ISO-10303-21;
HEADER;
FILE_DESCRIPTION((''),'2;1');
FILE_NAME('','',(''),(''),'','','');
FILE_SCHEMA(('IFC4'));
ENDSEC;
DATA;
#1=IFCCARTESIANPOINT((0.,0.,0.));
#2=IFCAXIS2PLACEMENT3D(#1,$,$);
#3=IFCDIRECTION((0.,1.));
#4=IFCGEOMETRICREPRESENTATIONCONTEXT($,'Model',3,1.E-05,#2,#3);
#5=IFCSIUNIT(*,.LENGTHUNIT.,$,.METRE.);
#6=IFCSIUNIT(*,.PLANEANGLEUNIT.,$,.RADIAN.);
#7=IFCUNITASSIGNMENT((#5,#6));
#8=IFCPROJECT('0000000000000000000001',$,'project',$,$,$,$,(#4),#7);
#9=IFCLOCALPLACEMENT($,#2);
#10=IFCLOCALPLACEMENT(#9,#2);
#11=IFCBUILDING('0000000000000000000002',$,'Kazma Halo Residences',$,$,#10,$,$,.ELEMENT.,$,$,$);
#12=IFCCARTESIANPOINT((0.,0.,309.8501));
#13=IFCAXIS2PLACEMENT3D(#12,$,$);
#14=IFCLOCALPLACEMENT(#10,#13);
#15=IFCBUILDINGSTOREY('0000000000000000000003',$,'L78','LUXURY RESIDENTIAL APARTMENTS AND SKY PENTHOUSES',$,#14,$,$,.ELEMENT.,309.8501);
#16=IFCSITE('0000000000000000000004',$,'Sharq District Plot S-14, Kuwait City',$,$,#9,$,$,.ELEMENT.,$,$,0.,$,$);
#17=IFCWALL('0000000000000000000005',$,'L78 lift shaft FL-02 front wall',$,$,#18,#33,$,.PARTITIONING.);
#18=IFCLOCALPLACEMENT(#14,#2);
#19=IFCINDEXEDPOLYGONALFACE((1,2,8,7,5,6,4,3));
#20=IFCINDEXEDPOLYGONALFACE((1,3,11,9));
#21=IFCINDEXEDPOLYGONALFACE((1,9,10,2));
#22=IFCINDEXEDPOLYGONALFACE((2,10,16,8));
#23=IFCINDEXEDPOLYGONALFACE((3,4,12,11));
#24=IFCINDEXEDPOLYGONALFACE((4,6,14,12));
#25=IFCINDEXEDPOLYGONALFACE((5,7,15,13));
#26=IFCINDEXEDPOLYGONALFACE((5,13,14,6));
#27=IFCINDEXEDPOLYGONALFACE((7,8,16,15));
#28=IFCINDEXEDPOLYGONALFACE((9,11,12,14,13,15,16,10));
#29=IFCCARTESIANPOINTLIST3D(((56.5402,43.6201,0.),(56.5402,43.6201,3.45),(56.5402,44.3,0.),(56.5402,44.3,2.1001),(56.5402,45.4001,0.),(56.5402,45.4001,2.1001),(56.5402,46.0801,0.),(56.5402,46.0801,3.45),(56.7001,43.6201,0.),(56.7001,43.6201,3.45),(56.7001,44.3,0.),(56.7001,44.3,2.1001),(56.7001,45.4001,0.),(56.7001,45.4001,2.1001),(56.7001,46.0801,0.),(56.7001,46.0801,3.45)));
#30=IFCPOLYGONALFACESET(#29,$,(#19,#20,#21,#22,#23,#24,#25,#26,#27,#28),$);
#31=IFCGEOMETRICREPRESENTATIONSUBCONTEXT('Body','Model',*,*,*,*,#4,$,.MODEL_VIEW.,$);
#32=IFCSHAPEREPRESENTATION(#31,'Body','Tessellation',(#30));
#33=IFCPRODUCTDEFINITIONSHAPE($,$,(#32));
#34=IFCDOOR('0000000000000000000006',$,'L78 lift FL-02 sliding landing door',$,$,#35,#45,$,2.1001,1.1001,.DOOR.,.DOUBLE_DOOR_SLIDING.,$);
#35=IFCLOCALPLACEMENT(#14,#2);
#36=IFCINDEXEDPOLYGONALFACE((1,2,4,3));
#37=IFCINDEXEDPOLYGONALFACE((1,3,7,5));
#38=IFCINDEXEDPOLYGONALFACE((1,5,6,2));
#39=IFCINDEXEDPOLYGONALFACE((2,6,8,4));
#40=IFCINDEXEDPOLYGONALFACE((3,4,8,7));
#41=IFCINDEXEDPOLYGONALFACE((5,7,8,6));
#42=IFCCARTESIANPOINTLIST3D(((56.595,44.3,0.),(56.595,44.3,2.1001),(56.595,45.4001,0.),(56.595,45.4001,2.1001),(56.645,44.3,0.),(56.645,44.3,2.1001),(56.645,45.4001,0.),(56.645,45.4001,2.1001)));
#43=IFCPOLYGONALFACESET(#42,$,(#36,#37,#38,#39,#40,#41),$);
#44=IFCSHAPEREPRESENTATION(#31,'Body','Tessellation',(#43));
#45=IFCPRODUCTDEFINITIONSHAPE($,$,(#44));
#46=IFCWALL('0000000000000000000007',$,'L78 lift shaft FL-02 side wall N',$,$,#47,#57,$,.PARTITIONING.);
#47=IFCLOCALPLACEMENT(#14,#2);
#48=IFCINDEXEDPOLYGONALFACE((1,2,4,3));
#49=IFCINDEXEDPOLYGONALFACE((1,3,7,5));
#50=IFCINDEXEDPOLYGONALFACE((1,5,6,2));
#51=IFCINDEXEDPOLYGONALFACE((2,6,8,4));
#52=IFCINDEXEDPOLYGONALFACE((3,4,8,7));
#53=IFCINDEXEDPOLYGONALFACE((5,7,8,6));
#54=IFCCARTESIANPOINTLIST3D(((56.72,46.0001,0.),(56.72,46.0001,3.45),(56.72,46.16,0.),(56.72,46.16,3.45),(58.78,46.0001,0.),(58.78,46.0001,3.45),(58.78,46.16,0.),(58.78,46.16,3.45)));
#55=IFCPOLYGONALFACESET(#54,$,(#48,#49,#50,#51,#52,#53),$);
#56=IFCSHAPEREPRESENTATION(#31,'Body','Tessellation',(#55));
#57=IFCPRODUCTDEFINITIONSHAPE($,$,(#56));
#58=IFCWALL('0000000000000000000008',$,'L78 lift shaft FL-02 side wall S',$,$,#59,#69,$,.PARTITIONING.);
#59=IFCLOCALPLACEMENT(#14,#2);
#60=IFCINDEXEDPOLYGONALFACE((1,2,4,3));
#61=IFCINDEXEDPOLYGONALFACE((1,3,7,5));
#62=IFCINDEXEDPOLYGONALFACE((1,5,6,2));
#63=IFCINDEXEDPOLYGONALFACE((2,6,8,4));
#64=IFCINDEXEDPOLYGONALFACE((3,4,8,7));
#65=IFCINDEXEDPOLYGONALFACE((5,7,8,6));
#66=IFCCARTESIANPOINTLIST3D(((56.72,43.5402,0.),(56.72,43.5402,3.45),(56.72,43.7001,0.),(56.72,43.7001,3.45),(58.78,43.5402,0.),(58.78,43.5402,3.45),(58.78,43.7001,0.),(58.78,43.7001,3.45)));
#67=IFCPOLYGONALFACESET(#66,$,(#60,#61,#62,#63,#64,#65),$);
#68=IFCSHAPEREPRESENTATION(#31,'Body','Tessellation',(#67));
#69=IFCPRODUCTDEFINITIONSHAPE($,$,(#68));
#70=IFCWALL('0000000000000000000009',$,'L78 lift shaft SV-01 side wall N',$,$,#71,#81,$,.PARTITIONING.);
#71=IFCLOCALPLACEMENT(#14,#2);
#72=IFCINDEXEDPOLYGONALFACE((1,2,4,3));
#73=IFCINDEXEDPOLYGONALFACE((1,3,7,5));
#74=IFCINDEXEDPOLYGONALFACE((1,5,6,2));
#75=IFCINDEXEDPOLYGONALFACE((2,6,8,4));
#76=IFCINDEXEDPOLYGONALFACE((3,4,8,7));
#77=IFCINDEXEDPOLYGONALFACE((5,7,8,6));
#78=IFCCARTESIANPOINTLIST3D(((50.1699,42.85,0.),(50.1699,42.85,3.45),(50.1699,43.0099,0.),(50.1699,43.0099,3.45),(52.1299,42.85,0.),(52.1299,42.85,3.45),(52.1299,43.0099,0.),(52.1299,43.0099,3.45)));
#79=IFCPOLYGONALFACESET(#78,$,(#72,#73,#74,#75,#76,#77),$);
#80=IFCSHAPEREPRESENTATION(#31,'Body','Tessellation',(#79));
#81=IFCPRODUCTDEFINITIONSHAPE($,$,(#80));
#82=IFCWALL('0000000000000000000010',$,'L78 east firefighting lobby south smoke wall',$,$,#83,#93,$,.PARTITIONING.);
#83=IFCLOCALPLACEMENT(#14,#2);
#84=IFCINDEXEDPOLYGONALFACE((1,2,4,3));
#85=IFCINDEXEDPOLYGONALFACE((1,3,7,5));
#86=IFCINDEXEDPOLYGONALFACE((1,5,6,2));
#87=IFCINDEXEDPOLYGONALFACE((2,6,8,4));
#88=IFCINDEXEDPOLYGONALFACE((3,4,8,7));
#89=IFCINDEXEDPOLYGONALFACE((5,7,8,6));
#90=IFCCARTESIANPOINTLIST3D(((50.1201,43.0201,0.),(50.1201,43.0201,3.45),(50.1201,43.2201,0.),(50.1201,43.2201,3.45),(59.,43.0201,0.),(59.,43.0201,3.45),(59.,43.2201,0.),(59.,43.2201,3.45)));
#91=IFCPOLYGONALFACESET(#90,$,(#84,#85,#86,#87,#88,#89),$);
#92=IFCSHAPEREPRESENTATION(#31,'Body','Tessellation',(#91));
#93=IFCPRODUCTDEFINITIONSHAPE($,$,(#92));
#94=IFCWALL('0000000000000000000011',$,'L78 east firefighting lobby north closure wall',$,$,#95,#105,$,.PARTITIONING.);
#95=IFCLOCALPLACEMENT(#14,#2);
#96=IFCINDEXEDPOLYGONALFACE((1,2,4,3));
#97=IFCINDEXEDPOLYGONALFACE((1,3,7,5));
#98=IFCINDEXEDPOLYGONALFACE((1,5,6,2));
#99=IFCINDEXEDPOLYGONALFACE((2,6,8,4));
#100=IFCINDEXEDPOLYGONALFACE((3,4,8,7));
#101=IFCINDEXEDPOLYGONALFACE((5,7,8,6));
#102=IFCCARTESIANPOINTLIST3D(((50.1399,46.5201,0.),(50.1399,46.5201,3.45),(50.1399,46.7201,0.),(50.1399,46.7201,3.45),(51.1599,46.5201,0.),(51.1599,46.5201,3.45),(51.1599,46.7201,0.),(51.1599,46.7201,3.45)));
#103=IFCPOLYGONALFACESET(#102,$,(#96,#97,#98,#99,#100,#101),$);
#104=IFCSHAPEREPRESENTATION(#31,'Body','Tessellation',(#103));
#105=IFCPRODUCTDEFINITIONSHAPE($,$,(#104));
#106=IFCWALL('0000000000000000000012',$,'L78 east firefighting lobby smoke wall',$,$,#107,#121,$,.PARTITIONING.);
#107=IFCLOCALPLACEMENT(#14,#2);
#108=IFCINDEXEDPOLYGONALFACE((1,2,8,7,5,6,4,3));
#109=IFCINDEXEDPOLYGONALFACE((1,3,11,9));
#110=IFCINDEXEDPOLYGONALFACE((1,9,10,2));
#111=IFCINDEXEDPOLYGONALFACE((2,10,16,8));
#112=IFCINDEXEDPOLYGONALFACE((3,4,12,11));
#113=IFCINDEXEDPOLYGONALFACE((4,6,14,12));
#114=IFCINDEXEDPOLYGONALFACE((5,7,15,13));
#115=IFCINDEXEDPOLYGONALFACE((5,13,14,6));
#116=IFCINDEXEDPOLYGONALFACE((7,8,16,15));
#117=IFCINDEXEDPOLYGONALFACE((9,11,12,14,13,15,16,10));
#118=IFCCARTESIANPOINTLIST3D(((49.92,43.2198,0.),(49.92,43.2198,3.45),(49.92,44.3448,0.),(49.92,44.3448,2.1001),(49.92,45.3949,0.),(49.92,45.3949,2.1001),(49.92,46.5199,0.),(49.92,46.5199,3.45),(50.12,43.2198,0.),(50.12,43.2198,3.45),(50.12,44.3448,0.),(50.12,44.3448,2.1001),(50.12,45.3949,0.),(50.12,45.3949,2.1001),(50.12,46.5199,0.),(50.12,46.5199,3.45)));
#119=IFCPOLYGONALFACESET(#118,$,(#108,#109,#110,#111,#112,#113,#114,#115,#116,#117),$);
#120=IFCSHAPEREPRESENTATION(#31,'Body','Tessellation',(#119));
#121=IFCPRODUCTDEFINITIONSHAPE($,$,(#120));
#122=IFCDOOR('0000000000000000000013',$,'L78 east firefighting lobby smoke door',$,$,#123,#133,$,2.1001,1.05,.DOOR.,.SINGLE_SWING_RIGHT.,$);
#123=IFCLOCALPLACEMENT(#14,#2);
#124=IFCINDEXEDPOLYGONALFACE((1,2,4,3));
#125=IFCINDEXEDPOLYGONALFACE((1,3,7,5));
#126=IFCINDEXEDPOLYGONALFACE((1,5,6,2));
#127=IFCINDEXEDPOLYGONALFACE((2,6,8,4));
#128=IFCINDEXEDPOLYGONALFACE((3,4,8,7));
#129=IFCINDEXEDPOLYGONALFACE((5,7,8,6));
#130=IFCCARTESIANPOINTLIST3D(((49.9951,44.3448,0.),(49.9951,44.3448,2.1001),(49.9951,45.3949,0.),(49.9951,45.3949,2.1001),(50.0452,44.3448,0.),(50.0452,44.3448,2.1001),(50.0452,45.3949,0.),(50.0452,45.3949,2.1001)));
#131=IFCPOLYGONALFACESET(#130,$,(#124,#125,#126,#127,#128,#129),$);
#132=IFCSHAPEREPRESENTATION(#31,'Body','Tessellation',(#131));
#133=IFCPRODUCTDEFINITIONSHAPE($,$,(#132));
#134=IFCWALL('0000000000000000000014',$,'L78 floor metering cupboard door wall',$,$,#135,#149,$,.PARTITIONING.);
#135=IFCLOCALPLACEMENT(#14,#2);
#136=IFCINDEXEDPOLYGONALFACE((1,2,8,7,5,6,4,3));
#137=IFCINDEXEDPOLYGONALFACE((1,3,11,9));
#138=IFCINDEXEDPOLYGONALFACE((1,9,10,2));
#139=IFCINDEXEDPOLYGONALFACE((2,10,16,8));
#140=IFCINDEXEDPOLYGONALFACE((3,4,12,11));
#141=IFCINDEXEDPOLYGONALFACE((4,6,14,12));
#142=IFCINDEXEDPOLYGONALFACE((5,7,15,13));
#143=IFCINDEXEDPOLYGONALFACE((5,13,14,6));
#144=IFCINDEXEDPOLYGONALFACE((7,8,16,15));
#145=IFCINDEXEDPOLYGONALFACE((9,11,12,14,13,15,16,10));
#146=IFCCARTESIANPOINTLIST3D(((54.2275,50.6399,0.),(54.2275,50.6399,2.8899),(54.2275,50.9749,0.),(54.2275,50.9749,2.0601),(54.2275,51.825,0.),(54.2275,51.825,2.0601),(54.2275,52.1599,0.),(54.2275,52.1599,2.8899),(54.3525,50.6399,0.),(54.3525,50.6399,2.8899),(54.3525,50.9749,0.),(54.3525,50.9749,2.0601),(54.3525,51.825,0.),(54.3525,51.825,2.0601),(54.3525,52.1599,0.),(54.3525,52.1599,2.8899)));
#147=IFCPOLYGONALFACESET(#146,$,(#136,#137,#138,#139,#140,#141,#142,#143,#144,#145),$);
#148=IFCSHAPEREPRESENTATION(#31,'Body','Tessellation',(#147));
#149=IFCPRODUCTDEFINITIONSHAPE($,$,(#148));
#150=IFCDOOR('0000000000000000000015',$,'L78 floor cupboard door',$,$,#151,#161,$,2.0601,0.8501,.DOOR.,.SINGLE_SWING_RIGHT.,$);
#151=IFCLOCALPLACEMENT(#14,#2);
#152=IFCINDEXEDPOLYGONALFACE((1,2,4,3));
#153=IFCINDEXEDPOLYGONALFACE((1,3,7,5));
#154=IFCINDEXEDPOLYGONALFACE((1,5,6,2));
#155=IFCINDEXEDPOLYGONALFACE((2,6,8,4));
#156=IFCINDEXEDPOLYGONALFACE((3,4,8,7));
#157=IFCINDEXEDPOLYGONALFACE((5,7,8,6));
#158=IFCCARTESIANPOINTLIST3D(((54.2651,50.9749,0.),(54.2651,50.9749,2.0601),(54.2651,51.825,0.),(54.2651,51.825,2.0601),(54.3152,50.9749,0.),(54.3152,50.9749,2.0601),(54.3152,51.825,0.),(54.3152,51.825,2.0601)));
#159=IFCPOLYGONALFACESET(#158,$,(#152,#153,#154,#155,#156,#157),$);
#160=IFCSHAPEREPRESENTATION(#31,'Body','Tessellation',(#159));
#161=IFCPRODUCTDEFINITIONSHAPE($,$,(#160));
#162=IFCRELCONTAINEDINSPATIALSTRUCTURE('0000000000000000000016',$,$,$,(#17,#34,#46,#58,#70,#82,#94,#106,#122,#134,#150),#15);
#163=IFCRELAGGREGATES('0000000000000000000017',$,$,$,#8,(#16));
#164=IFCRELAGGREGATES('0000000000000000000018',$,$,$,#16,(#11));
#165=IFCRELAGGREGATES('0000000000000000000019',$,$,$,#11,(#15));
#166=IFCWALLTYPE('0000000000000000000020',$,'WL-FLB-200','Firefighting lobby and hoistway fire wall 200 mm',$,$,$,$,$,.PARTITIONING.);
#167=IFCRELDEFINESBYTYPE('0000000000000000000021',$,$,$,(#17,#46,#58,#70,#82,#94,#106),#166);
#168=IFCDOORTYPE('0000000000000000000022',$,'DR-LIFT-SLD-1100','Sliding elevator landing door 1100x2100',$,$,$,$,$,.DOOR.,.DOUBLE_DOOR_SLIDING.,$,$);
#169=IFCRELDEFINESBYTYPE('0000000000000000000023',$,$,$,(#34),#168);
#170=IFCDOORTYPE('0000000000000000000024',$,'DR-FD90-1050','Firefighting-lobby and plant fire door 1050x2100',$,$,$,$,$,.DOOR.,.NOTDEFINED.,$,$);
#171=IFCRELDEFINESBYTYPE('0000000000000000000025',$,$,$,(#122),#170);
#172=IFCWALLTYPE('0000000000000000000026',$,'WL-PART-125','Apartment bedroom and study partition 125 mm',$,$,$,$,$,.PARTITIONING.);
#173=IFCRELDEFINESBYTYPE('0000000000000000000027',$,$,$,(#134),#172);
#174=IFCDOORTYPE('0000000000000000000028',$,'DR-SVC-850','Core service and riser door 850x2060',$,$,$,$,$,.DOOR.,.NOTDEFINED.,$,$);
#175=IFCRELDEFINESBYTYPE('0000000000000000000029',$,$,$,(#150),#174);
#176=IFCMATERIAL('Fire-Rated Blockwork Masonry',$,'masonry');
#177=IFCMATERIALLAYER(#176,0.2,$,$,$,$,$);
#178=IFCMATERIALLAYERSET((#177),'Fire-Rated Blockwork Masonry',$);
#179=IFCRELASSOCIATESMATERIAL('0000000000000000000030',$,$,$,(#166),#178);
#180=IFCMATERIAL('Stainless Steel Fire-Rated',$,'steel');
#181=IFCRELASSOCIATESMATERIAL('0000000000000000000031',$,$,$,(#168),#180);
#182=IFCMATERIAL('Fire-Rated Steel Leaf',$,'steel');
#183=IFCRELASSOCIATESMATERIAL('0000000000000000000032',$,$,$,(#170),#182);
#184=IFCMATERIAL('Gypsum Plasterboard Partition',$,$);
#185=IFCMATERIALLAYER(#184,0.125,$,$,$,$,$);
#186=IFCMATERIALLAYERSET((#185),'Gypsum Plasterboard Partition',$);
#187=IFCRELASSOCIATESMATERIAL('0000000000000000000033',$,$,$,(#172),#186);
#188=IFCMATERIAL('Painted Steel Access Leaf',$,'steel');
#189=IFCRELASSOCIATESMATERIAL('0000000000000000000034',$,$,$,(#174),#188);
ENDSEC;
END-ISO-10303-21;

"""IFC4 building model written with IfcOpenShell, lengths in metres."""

from ifc_helpers import new_model, si_unit, direction, frame, frame_2d, origin, place, context, subcontext, project, spatial, rectangle, extrude, material, layer, layer_set, type_object, element, fill, save


model = new_model("IFC4")

# Units and contexts
model_context = context("Model", 3, precision=1e-05, world=origin(), true_north=direction((0.0, 1.0)))
body_context = subcontext(model_context, "Body", "Model", "MODEL_VIEW")
ifc_project = project(units=[si_unit("LENGTHUNIT", "METRE"), si_unit("PLANEANGLEUNIT", "RADIAN")], contexts=[model_context])

# Site, building, storey
site_placement = place(None, origin())
site = spatial("IfcSite", under=ifc_project, at=site_placement, Name="Sharq District Plot S-14, Kuwait City", CompositionType="ELEMENT", RefElevation=0.0)
building_placement = place(site_placement, origin())
building = spatial("IfcBuilding", under=site, at=building_placement, Name="Kazma Halo Residences", CompositionType="ELEMENT")
storey_placement = place(building_placement, frame((0.0, 0.0, 309.8501)))
storey = spatial("IfcBuildingStorey", under=building, at=storey_placement, Name="L78", Description="LUXURY RESIDENTIAL APARTMENTS AND SKY PENTHOUSES", CompositionType="ELEMENT", Elevation=309.8501)

# Wall, opening, door
ifc_material_1 = material(Name="Fire-Rated Blockwork Masonry", Category="masonry")
ifc_layer_1 = layer(ifc_material_1, 0.2)
ifc_layer_set_1 = layer_set([ifc_layer_1], Name="Fire-Rated Blockwork Masonry")
wall_type_1 = type_object("IfcWallType", Name="WL-FLB-200", Description="Firefighting lobby and hoistway fire wall 200 mm", PredefinedType="PARTITIONING", material=ifc_layer_set_1)
wall_1_placement = place(storey_placement, frame((56.6201, 46.0801, 0.0), z_axis=(0.0, 0.0, 1.0), x_axis=(0.0, -1.0, 0.0)))
wall_1 = element("IfcWall", 1, at=wall_1_placement, inside=storey, type_object=wall_type_1, Name="L78 lift shaft FL-02 front wall", PredefinedType="PARTITIONING", context=body_context, shape_type="SweptSolid", body=[
    extrude(rectangle(XDim=2.46, YDim=0.1599, at=frame_2d((1.23, 0.0))), origin(), (0.0, 0.0, 1.0), 3.45),
])
opening_1_placement = place(wall_1_placement, frame((0.6799, 0.0, 0.0)))
opening_1 = element("IfcOpeningElement", 2, at=opening_1_placement, cuts=wall_1, PredefinedType="OPENING", context=body_context, shape_type="SweptSolid", body=[
    extrude(rectangle(XDim=1.1001, YDim=2.1001, at=frame_2d((0.55, 1.05))), frame((0.0, 0.0898, 0.0), z_axis=(0.0, -1.0, 0.0), x_axis=(1.0, 0.0, 0.0)), (0.0, 0.0, 1.0), 0.1799),
])
ifc_material_2 = material(Name="Stainless Steel Fire-Rated", Category="steel")
door_type_1 = type_object("IfcDoorType", Name="DR-LIFT-SLD-1100", Description="Sliding elevator landing door 1100x2100", OperationType="DOUBLE_DOOR_SLIDING", PredefinedType="DOOR", material=ifc_material_2)
door_1_placement = place(opening_1_placement, origin())
door_1 = element("IfcDoor", 3, at=door_1_placement, inside=storey, type_object=door_type_1, Name="L78 lift FL-02 sliding landing door", OperationType="DOUBLE_DOOR_SLIDING", OverallHeight=2.1001, OverallWidth=1.1001, PredefinedType="DOOR", context=body_context, shape_type="SweptSolid", body=[
    extrude(rectangle(XDim=1.1001, YDim=2.1001, at=frame_2d((0.55, 1.05))), frame((0.0, 0.0249, 0.0), z_axis=(0.0, -1.0, 0.0), x_axis=(1.0, 0.0, 0.0)), (0.0, 0.0, 1.0), 0.05),
])
fill(opening_1, door_1)

# Walls
for number, where, z_axis, x_axis, name in (
    (4, (56.72, 46.0801, 0.0), (0.0, 0.0, 1.0), (1.0, 0.0, 0.0), "L78 lift shaft FL-02 side wall N"),
    (5, (56.72, 43.6201, 0.0), (0.0, 0.0, 1.0), (1.0, 0.0, 0.0), "L78 lift shaft FL-02 side wall S"),
):
    element("IfcWall", number, at=place(storey_placement, frame(where, z_axis=z_axis, x_axis=x_axis)), inside=storey, type_object=wall_type_1, Name=name, PredefinedType="PARTITIONING", context=body_context, shape_type="SweptSolid", body=[
        extrude(rectangle(XDim=2.0601, YDim=0.1599, at=frame_2d((1.03, 0.0))), origin(), (0.0, 0.0, 1.0), 3.45),
    ])
wall_2_placement = place(storey_placement, frame((50.1699, 42.9299, 0.0), z_axis=(0.0, 0.0, 1.0), x_axis=(1.0, 0.0, 0.0)))
element("IfcWall", 6, at=wall_2_placement, inside=storey, type_object=wall_type_1, Name="L78 lift shaft SV-01 side wall N", PredefinedType="PARTITIONING", context=body_context, shape_type="SweptSolid", body=[
    extrude(rectangle(XDim=1.96, YDim=0.1599, at=frame_2d((0.98, 0.0))), origin(), (0.0, 0.0, 1.0), 3.45),
])
wall_3_placement = place(storey_placement, frame((50.1201, 43.1201, 0.0), z_axis=(0.0, 0.0, 1.0), x_axis=(1.0, 0.0, 0.0)))
element("IfcWall", 7, at=wall_3_placement, inside=storey, type_object=wall_type_1, Name="L78 east firefighting lobby south smoke wall", PredefinedType="PARTITIONING", context=body_context, shape_type="SweptSolid", body=[
    extrude(rectangle(XDim=8.8799, YDim=0.2, at=frame_2d((4.4399, 0.0))), origin(), (0.0, 0.0, 1.0), 3.45),
])
wall_4_placement = place(storey_placement, frame((50.1399, 46.6201, 0.0), z_axis=(0.0, 0.0, 1.0), x_axis=(1.0, 0.0, 0.0)))
element("IfcWall", 8, at=wall_4_placement, inside=storey, type_object=wall_type_1, Name="L78 east firefighting lobby north closure wall", PredefinedType="PARTITIONING", context=body_context, shape_type="SweptSolid", body=[
    extrude(rectangle(XDim=1.02, YDim=0.2, at=frame_2d((0.51, 0.0))), origin(), (0.0, 0.0, 1.0), 3.45),
])

# Walls, openings, doors
wall_5_placement = place(storey_placement, frame((50.02, 43.22, 0.0), z_axis=(0.0, 0.0, 1.0), x_axis=(0.0, 1.0, 0.0)))
wall_5 = element("IfcWall", 9, at=wall_5_placement, inside=storey, type_object=wall_type_1, Name="L78 east firefighting lobby smoke wall", PredefinedType="PARTITIONING", context=body_context, shape_type="SweptSolid", body=[
    extrude(rectangle(XDim=3.3, YDim=0.2, at=frame_2d((1.6499, 0.0))), origin(), (0.0, 0.0, 1.0), 3.45),
])
opening_2_placement = place(wall_5_placement, frame((1.125, 0.0, 0.0)))
opening_2 = element("IfcOpeningElement", 10, at=opening_2_placement, cuts=wall_5, PredefinedType="OPENING", context=body_context, shape_type="SweptSolid", body=[
    extrude(rectangle(XDim=1.05, YDim=2.1001, at=frame_2d((0.5249, 1.05))), frame((0.0, 0.1099, 0.0), z_axis=(0.0, -1.0, 0.0), x_axis=(1.0, 0.0, 0.0)), (0.0, 0.0, 1.0), 0.22),
])
ifc_material_3 = material(Name="Fire-Rated Steel Leaf", Category="steel")
door_type_2 = type_object("IfcDoorType", Name="DR-FD90-1050", Description="Firefighting-lobby and plant fire door 1050x2100", OperationType="NOTDEFINED", PredefinedType="DOOR", material=ifc_material_3)
door_2_placement = place(opening_2_placement, origin())
door_2 = element("IfcDoor", 11, at=door_2_placement, inside=storey, type_object=door_type_2, Name="L78 east firefighting lobby smoke door", OperationType="SINGLE_SWING_RIGHT", OverallHeight=2.1001, OverallWidth=1.05, PredefinedType="DOOR", context=body_context, shape_type="SweptSolid", body=[
    extrude(rectangle(XDim=1.05, YDim=2.1001, at=frame_2d((0.5249, 1.05))), frame((0.0, 0.0249, 0.0), z_axis=(0.0, -1.0, 0.0), x_axis=(1.0, 0.0, 0.0)), (0.0, 0.0, 1.0), 0.05),
])
fill(opening_2, door_2)
ifc_material_4 = material(Name="Gypsum Plasterboard Partition")
ifc_layer_2 = layer(ifc_material_4, 0.125)
ifc_layer_set_2 = layer_set([ifc_layer_2], Name="Gypsum Plasterboard Partition")
wall_type_2 = type_object("IfcWallType", Name="WL-PART-125", Description="Apartment bedroom and study partition 125 mm", PredefinedType="PARTITIONING", material=ifc_layer_set_2)
wall_6_placement = place(storey_placement, frame((54.29, 50.6399, 0.0), z_axis=(0.0, 0.0, 1.0), x_axis=(0.0, 1.0, 0.0)))
wall_6 = element("IfcWall", 12, at=wall_6_placement, inside=storey, type_object=wall_type_2, Name="L78 floor metering cupboard door wall", PredefinedType="PARTITIONING", context=body_context, shape_type="SweptSolid", body=[
    extrude(rectangle(XDim=1.52, YDim=0.125, at=frame_2d((0.76, 0.0))), origin(), (0.0, 0.0, 1.0), 2.8899),
])
opening_3_placement = place(wall_6_placement, frame((0.335, 0.0, 0.0)))
opening_3 = element("IfcOpeningElement", 13, at=opening_3_placement, cuts=wall_6, PredefinedType="OPENING", context=body_context, shape_type="SweptSolid", body=[
    extrude(rectangle(XDim=0.8501, YDim=2.0601, at=frame_2d((0.425, 1.03))), frame((0.0, 0.0725, 0.0), z_axis=(0.0, -1.0, 0.0), x_axis=(1.0, 0.0, 0.0)), (0.0, 0.0, 1.0), 0.145),
])
ifc_material_5 = material(Name="Painted Steel Access Leaf", Category="steel")
door_type_3 = type_object("IfcDoorType", Name="DR-SVC-850", Description="Core service and riser door 850x2060", OperationType="NOTDEFINED", PredefinedType="DOOR", material=ifc_material_5)
door_3_placement = place(opening_3_placement, origin())
door_3 = element("IfcDoor", 14, at=door_3_placement, inside=storey, type_object=door_type_3, Name="L78 floor cupboard door", OperationType="SINGLE_SWING_RIGHT", OverallHeight=2.0601, OverallWidth=0.8501, PredefinedType="DOOR", context=body_context, shape_type="SweptSolid", body=[
    extrude(rectangle(XDim=0.8501, YDim=2.0601, at=frame_2d((0.425, 1.03))), frame((0.0, 0.0249, 0.0), z_axis=(0.0, -1.0, 0.0), x_axis=(1.0, 0.0, 0.0)), (0.0, 0.0, 1.0), 0.05),
])
fill(opening_3, door_3)

save(model, "model.ifc")
